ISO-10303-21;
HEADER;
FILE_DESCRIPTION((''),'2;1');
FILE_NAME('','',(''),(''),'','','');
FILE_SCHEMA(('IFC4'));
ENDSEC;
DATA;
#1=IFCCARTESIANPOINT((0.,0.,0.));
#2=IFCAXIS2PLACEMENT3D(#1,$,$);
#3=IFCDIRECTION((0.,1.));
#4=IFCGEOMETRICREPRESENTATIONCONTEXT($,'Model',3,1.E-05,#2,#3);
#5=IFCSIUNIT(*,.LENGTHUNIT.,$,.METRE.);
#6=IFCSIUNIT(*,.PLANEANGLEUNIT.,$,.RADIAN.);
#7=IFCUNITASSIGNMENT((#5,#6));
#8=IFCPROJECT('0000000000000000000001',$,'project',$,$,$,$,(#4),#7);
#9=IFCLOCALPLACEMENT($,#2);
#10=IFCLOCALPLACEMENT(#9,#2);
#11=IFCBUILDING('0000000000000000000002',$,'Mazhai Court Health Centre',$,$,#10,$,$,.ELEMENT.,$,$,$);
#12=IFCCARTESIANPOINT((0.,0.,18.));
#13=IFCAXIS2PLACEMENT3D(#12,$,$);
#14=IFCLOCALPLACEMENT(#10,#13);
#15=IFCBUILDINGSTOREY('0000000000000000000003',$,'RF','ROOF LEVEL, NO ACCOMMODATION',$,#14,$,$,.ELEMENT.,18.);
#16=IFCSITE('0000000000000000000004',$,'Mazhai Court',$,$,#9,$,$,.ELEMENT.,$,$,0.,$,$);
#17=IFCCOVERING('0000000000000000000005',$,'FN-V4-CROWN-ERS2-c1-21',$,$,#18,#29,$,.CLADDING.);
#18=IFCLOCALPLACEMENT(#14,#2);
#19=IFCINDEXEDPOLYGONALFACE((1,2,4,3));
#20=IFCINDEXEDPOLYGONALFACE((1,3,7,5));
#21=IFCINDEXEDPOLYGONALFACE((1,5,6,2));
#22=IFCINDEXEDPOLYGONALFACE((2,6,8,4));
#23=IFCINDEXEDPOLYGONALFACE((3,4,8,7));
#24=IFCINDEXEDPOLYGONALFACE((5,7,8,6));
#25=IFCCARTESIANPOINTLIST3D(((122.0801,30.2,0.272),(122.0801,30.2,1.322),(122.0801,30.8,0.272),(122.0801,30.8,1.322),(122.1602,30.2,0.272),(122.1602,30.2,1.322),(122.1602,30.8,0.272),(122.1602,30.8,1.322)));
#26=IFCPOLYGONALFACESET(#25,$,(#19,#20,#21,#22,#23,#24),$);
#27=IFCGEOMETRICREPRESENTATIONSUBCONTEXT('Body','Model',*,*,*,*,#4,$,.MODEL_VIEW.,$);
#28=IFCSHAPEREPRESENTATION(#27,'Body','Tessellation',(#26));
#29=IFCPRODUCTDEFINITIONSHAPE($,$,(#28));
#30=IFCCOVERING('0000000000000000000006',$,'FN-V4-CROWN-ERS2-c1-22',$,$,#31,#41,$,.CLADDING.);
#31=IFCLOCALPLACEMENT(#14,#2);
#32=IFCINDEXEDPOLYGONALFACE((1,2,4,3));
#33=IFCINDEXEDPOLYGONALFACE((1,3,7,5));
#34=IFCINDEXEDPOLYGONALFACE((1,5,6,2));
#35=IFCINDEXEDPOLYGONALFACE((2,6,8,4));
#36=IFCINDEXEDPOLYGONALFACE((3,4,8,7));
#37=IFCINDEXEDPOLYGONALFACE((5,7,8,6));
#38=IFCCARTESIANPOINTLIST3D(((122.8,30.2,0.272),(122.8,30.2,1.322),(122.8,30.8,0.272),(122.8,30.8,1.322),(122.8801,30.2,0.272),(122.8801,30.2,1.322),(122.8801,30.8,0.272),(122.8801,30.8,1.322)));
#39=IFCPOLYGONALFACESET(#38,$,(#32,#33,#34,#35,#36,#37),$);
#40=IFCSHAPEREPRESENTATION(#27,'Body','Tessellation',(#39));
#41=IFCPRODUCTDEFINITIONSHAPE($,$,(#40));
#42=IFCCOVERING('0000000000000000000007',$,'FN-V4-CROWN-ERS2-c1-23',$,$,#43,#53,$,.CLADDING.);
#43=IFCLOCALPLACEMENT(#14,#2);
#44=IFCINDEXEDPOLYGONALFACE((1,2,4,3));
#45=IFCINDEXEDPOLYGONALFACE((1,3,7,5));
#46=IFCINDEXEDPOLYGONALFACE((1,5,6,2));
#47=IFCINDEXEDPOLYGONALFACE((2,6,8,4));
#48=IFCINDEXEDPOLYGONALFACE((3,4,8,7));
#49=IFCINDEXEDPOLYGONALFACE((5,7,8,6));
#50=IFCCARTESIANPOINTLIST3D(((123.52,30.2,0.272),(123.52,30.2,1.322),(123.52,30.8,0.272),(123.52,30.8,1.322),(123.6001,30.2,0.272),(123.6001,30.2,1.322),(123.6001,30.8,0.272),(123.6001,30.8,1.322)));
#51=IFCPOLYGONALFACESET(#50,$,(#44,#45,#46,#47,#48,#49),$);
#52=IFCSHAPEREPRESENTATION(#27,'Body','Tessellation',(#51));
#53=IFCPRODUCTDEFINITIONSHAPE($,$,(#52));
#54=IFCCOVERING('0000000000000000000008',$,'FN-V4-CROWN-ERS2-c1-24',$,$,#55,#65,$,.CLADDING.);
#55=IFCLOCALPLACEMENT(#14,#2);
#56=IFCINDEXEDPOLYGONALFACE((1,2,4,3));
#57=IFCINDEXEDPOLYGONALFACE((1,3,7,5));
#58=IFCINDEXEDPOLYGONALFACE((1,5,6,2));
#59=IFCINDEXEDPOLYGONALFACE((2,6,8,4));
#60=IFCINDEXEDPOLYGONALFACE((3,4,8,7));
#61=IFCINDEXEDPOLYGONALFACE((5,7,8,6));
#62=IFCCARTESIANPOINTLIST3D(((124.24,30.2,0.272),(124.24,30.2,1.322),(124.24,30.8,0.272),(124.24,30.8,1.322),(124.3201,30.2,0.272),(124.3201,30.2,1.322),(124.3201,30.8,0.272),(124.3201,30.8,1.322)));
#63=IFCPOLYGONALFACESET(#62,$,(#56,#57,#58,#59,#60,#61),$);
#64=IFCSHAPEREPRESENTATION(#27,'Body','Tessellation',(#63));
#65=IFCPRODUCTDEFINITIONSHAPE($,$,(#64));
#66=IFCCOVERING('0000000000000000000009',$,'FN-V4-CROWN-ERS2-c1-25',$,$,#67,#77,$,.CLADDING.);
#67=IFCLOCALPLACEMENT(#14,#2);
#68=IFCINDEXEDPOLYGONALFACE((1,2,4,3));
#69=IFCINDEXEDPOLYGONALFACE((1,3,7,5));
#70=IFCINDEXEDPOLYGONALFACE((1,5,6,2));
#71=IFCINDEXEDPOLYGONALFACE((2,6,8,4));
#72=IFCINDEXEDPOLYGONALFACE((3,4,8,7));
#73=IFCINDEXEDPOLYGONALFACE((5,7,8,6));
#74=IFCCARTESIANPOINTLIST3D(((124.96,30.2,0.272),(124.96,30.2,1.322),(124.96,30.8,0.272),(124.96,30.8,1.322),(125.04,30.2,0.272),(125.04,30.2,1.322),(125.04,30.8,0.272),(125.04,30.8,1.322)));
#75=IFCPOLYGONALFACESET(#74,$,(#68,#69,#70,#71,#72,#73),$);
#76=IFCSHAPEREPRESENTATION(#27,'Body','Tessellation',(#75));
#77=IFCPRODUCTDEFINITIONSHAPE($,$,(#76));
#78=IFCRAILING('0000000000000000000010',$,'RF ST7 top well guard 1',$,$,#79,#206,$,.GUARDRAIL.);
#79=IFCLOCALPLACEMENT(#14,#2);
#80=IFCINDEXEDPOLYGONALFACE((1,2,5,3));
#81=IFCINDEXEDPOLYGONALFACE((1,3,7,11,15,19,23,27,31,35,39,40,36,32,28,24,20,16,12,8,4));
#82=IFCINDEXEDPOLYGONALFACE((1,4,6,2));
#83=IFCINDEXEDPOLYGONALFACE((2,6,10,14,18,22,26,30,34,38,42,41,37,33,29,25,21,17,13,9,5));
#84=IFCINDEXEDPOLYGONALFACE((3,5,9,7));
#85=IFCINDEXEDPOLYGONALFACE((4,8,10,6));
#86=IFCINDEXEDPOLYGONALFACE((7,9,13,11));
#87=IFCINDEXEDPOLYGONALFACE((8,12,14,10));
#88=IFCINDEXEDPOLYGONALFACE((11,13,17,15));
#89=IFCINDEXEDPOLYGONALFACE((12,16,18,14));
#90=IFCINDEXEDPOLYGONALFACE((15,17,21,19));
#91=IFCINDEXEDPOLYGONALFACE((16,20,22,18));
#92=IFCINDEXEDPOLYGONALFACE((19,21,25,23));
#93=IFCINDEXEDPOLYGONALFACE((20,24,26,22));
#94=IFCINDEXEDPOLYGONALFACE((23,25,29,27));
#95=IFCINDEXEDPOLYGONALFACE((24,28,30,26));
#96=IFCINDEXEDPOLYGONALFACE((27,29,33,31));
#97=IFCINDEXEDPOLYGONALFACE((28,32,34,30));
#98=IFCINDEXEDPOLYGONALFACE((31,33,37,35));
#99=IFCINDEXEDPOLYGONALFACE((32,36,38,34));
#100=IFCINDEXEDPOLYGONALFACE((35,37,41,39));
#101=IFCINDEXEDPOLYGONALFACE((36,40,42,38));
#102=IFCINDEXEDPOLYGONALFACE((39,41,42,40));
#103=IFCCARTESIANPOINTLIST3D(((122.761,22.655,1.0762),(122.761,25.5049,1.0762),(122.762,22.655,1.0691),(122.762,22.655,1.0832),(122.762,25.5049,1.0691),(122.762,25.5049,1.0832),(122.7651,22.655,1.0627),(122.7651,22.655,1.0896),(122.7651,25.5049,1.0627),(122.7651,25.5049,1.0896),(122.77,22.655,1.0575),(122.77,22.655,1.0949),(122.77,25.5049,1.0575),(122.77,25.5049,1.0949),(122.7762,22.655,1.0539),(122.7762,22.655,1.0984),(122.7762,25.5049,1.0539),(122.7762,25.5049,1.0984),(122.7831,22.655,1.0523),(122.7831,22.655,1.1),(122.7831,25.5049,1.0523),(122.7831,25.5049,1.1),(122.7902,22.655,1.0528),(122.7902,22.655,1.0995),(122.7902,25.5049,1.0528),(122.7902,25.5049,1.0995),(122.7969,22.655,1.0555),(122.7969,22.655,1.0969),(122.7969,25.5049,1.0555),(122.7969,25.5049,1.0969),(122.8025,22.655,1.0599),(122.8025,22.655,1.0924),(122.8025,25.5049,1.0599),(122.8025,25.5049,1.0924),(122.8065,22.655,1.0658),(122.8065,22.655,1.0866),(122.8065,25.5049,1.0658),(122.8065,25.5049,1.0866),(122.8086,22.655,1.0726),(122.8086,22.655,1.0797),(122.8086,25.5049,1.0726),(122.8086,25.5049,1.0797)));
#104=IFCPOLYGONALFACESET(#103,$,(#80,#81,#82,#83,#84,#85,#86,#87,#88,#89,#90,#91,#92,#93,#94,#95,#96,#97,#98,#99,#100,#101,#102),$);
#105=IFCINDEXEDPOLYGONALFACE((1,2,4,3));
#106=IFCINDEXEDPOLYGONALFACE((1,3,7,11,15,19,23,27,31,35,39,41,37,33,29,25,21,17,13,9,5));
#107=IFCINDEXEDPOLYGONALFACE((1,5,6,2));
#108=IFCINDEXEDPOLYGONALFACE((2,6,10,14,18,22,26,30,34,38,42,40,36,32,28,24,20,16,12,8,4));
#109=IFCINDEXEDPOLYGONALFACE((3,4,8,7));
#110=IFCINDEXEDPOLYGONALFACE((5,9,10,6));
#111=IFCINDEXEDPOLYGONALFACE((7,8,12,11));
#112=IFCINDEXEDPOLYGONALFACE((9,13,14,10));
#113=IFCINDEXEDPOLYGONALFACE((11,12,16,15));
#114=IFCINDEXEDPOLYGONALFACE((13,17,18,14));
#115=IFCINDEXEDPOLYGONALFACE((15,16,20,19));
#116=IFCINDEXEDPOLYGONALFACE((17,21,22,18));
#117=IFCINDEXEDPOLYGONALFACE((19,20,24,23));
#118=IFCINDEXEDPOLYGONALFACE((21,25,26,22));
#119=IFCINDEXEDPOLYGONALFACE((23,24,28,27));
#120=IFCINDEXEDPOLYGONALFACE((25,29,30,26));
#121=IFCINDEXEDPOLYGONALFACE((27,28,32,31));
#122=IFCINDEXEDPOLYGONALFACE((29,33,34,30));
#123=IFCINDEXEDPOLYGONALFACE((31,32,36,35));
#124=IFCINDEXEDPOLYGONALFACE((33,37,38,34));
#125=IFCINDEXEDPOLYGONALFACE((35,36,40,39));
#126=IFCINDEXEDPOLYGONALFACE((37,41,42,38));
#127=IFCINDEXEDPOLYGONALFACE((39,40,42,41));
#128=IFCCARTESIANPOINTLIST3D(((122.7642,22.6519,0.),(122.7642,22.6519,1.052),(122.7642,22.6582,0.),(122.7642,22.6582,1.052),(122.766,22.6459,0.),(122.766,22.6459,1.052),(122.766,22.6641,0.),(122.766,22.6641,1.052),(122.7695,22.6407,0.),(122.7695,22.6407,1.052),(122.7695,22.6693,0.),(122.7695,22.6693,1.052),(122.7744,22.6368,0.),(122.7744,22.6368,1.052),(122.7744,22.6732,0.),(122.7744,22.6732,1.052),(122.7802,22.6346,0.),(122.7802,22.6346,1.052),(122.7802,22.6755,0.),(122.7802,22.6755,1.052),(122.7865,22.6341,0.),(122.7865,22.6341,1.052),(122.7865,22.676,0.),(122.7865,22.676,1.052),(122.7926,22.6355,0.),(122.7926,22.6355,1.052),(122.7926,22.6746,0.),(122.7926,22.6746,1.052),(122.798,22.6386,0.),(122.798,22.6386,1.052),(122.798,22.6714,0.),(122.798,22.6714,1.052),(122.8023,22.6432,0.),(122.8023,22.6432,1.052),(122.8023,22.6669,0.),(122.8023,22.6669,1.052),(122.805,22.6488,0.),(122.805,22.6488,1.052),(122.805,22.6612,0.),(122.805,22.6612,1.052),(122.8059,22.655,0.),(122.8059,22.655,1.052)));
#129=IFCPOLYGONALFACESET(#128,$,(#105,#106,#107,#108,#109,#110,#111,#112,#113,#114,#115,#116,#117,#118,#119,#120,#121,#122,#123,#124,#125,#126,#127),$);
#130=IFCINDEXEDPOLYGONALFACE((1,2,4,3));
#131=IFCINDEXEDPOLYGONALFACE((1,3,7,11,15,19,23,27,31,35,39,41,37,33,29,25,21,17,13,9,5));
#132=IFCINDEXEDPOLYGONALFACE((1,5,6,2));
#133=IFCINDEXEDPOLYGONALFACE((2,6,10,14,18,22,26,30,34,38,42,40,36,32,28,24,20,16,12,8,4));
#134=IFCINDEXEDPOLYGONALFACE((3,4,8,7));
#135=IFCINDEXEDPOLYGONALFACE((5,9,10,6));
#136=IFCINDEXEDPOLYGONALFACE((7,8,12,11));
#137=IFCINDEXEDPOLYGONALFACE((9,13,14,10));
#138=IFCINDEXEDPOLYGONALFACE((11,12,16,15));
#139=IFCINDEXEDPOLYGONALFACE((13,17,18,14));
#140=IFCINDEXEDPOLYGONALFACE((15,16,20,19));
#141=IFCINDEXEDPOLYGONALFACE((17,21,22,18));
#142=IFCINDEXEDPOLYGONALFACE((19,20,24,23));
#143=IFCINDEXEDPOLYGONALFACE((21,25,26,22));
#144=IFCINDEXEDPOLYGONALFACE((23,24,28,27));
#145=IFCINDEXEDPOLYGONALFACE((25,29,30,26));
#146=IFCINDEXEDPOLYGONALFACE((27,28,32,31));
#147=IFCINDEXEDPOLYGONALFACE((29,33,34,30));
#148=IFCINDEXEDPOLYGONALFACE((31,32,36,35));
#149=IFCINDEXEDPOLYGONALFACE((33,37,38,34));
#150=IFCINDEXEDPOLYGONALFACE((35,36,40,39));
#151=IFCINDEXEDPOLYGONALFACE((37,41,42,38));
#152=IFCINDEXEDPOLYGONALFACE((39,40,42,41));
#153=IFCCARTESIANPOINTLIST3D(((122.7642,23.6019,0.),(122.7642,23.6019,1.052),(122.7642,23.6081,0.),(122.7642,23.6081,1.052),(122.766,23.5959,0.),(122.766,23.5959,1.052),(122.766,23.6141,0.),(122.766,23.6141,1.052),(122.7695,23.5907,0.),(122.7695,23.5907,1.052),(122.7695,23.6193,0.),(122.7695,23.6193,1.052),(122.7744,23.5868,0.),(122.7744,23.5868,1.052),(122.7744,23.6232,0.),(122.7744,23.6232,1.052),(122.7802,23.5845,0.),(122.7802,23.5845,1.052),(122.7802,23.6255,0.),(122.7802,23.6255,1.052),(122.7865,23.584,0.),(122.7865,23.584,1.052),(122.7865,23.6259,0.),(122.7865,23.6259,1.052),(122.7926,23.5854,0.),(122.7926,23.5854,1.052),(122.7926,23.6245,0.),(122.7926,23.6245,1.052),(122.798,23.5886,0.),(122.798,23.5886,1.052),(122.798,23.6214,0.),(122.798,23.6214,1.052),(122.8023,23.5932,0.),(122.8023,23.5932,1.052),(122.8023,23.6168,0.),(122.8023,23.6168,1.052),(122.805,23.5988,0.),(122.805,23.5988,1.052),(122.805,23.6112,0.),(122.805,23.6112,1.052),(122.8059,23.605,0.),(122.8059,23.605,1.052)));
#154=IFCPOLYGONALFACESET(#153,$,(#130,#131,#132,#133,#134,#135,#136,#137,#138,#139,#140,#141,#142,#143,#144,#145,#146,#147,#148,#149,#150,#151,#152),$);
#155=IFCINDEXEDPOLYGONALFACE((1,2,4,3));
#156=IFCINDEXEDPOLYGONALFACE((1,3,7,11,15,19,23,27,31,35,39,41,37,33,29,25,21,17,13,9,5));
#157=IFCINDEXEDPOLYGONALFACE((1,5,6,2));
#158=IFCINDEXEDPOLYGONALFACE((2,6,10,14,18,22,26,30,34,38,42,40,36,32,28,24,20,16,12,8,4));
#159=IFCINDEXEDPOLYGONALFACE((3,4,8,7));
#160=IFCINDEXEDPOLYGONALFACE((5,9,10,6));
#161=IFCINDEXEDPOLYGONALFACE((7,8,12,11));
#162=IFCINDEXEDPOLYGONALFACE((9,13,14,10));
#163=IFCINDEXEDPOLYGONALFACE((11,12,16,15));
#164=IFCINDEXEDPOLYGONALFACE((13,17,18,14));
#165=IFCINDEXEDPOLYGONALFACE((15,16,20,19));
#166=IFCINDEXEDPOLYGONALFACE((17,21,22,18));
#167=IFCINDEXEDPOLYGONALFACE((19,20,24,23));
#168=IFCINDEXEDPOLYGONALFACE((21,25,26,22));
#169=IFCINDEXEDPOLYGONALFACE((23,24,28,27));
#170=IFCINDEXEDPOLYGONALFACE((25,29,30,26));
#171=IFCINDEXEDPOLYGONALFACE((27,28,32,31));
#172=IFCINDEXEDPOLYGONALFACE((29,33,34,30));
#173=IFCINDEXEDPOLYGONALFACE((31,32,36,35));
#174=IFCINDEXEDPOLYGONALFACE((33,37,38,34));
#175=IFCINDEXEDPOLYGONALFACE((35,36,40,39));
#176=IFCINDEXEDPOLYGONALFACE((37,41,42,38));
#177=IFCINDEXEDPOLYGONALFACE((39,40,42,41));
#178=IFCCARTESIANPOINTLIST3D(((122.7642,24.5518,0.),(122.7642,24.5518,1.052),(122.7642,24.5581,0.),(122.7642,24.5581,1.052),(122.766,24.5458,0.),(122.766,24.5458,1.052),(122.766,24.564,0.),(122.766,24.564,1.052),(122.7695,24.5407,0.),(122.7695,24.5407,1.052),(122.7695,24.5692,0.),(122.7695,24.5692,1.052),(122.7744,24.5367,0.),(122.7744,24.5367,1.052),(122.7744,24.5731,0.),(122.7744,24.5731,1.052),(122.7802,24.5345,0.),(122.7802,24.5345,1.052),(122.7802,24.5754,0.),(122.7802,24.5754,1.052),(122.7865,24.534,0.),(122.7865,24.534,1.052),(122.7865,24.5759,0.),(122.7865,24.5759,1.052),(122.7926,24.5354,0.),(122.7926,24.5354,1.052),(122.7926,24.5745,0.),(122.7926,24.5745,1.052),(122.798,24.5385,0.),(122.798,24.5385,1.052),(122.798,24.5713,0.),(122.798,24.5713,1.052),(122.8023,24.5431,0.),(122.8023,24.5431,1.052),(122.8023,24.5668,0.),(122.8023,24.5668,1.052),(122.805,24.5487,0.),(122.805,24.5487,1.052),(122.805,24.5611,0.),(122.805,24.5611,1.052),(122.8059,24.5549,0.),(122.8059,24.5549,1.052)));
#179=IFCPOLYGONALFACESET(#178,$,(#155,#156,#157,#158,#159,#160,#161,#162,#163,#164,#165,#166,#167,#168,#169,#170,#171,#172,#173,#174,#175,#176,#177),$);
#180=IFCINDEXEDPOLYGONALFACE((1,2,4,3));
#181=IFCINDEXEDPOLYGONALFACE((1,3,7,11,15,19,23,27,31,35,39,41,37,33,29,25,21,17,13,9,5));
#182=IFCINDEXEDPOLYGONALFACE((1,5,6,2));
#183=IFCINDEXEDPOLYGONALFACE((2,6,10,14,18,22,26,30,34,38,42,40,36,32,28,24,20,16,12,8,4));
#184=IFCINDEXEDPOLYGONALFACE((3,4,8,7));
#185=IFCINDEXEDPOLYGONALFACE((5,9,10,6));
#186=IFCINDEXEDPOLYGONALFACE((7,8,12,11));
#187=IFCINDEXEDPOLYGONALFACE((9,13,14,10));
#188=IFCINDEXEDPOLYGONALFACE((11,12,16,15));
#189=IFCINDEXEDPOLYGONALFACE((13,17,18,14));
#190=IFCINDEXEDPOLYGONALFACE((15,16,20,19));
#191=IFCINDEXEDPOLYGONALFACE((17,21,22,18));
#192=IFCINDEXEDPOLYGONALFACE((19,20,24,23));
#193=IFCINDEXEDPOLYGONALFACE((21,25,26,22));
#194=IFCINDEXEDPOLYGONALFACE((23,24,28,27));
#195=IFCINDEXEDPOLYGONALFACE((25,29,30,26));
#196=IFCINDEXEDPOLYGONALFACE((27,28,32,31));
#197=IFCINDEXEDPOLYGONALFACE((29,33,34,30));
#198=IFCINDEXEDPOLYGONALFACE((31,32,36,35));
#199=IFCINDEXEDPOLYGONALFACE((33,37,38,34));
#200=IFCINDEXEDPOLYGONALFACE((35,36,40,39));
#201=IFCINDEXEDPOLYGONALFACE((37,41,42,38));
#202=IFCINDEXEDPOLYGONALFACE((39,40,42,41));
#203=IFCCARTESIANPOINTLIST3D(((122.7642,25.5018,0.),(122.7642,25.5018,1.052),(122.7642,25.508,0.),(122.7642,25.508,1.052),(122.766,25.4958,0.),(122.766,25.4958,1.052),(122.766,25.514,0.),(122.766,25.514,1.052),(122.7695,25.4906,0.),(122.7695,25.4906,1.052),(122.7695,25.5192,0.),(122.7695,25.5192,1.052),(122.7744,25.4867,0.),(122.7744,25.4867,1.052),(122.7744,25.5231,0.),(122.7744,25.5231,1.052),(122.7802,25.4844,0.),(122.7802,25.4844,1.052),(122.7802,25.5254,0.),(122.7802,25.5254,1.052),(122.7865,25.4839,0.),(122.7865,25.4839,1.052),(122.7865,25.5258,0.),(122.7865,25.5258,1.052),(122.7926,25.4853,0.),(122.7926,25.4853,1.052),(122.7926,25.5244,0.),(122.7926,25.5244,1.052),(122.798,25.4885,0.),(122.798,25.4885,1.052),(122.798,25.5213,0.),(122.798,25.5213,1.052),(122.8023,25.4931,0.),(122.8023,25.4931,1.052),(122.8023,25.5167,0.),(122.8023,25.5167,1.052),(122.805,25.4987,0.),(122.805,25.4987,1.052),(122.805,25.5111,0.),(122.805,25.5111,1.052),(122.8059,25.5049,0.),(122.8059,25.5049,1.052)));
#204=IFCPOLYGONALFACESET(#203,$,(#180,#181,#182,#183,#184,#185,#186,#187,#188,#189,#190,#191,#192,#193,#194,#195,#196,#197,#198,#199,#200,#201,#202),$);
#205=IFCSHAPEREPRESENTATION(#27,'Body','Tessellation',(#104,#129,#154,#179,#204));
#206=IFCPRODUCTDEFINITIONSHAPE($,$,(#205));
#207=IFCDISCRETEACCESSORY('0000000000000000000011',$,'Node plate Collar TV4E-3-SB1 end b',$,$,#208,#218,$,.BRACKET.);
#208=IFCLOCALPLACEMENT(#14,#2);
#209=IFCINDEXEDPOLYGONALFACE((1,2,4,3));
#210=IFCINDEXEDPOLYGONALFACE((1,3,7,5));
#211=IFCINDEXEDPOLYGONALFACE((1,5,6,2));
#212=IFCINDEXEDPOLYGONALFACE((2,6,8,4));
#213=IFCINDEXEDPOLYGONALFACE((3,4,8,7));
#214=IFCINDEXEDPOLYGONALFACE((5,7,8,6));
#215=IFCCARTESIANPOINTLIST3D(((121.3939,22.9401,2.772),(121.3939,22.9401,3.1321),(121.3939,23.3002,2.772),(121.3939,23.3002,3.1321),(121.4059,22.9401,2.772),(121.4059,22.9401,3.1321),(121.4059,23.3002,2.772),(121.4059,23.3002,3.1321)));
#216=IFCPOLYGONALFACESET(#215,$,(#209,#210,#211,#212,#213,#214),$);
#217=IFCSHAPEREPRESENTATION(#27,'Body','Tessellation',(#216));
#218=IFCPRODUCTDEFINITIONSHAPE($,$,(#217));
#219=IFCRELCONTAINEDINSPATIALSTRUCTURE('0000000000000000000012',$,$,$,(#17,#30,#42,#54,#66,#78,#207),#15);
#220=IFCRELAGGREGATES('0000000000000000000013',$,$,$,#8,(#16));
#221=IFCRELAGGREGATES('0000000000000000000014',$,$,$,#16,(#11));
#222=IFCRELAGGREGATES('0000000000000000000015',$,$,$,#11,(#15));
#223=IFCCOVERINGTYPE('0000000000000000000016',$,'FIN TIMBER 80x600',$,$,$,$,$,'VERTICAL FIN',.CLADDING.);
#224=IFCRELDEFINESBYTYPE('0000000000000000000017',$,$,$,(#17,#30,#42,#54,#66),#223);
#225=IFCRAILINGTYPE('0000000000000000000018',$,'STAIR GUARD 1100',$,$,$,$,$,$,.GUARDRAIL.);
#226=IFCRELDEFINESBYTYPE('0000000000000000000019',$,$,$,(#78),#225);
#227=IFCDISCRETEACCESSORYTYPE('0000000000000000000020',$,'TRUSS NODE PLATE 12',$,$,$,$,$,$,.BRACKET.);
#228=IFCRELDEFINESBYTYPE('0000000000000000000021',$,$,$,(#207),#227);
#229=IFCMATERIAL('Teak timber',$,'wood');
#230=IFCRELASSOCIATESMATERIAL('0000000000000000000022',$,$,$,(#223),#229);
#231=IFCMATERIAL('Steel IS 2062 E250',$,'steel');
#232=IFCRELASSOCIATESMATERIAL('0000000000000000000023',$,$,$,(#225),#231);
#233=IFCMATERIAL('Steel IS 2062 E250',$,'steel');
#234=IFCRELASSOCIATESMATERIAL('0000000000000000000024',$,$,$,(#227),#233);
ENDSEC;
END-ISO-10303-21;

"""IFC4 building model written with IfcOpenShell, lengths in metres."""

from ifc_helpers import new_model, si_unit, direction, frame, origin, origin_2d, place, context, subcontext, project, spatial, rectangle, circle, extrude, material, type_object, element, save


model = new_model("IFC4")

# Units and contexts
model_context = context("Model", 3, precision=1e-05, world=origin(), true_north=direction((0.0, 1.0)))
body_context = subcontext(model_context, "Body", "Model", "MODEL_VIEW")
ifc_project = project(units=[si_unit("LENGTHUNIT", "METRE"), si_unit("PLANEANGLEUNIT", "RADIAN")], contexts=[model_context])

# Site, building, storey
site_placement = place(None, origin())
site = spatial("IfcSite", under=ifc_project, at=site_placement, Name="Mazhai Court", CompositionType="ELEMENT", RefElevation=0.0)
building_placement = place(site_placement, origin())
building = spatial("IfcBuilding", under=site, at=building_placement, Name="Mazhai Court Health Centre", CompositionType="ELEMENT")
storey_placement = place(building_placement, frame((0.0, 0.0, 18.0)))
storey = spatial("IfcBuildingStorey", under=building, at=storey_placement, Name="RF", Description="ROOF LEVEL, NO ACCOMMODATION", CompositionType="ELEMENT", Elevation=18.0)

# Coverings
ifc_material_1 = material(Name="Teak timber", Category="wood")
covering_type = type_object("IfcCoveringType", Name="FIN TIMBER 80x600", ElementType="VERTICAL FIN", PredefinedType="CLADDING", material=ifc_material_1)
for number, where, z_axis, x_axis, name in (
    (1, (122.1201, 30.5, 0.272), (0.0, 0.0, 1.0), (1.0, 0.0, 0.0), "FN-V4-CROWN-ERS2-c1-21"),
    (2, (122.8401, 30.5, 0.272), (0.0, 0.0, 1.0), (1.0, 0.0, 0.0), "FN-V4-CROWN-ERS2-c1-22"),
    (3, (123.5601, 30.5, 0.272), (0.0, 0.0, 1.0), (1.0, 0.0, 0.0), "FN-V4-CROWN-ERS2-c1-23"),
    (4, (124.28, 30.5, 0.272), (0.0, 0.0, 1.0), (1.0, 0.0, 0.0), "FN-V4-CROWN-ERS2-c1-24"),
    (5, (125.0, 30.5, 0.272), (0.0, 0.0, 1.0), (1.0, 0.0, 0.0), "FN-V4-CROWN-ERS2-c1-25"),
):
    element("IfcCovering", number, at=place(storey_placement, frame(where, z_axis=z_axis, x_axis=x_axis)), inside=storey, type_object=covering_type, Name=name, PredefinedType="CLADDING", context=body_context, shape_type="SweptSolid", body=[
        extrude(rectangle(XDim=0.0801, YDim=0.6001, at=origin_2d()), origin(), (0.0, 0.0, 1.0), 1.05),
    ])

# Railing
ifc_material_2 = material(Name="Steel IS 2062 E250", Category="steel")
railing_type = type_object("IfcRailingType", Name="STAIR GUARD 1100", PredefinedType="GUARDRAIL", material=ifc_material_2)
railing_placement = place(storey_placement, frame((122.7849, 22.655, 0.0)))
element("IfcRailing", 6, at=railing_placement, inside=storey, type_object=railing_type, Name="RF ST7 top well guard 1", PredefinedType="GUARDRAIL", context=body_context, shape_type="SweptSolid", body=[
    extrude(circle(Radius=0.0239, at=origin_2d()), frame((0.0, 0.0, 1.0762), z_axis=(0.0, 1.0, 0.0), x_axis=(-1.0, 0.0, 0.0)), (0.0, 0.0, 1.0), 2.8499),
    extrude(circle(Radius=0.021, at=origin_2d()), origin(), (0.0, 0.0, 1.0), 1.052),
    extrude(circle(Radius=0.021, at=origin_2d()), frame((0.0, 0.95, 0.0)), (0.0, 0.0, 1.0), 1.052),
    extrude(circle(Radius=0.021, at=origin_2d()), frame((0.0, 1.8999, 0.0)), (0.0, 0.0, 1.0), 1.052),
    extrude(circle(Radius=0.021, at=origin_2d()), frame((0.0, 2.8499, 0.0)), (0.0, 0.0, 1.0), 1.052),
])

# Discrete accessory
ifc_material_3 = material(Name="Steel IS 2062 E250", Category="steel")
discrete_accessory_type = type_object("IfcDiscreteAccessoryType", Name="TRUSS NODE PLATE 12", PredefinedType="BRACKET", material=ifc_material_3)
for number, where, z_axis, x_axis, name in (
    (7, (121.3999, 23.1201, 2.772), (0.0, 0.0, 1.0), (1.0, 0.0, 0.0), "Node plate Collar TV4E-3-SB1 end b"),
):
    element("IfcDiscreteAccessory", number, at=place(storey_placement, frame(where, z_axis=z_axis, x_axis=x_axis)), inside=storey, type_object=discrete_accessory_type, Name=name, PredefinedType="BRACKET", context=body_context, shape_type="SweptSolid", body=[
        extrude(rectangle(XDim=0.012, YDim=0.3601, at=origin_2d()), origin(), (0.0, 0.0, 1.0), 0.3601),
    ])

save(model, "model.ifc")
